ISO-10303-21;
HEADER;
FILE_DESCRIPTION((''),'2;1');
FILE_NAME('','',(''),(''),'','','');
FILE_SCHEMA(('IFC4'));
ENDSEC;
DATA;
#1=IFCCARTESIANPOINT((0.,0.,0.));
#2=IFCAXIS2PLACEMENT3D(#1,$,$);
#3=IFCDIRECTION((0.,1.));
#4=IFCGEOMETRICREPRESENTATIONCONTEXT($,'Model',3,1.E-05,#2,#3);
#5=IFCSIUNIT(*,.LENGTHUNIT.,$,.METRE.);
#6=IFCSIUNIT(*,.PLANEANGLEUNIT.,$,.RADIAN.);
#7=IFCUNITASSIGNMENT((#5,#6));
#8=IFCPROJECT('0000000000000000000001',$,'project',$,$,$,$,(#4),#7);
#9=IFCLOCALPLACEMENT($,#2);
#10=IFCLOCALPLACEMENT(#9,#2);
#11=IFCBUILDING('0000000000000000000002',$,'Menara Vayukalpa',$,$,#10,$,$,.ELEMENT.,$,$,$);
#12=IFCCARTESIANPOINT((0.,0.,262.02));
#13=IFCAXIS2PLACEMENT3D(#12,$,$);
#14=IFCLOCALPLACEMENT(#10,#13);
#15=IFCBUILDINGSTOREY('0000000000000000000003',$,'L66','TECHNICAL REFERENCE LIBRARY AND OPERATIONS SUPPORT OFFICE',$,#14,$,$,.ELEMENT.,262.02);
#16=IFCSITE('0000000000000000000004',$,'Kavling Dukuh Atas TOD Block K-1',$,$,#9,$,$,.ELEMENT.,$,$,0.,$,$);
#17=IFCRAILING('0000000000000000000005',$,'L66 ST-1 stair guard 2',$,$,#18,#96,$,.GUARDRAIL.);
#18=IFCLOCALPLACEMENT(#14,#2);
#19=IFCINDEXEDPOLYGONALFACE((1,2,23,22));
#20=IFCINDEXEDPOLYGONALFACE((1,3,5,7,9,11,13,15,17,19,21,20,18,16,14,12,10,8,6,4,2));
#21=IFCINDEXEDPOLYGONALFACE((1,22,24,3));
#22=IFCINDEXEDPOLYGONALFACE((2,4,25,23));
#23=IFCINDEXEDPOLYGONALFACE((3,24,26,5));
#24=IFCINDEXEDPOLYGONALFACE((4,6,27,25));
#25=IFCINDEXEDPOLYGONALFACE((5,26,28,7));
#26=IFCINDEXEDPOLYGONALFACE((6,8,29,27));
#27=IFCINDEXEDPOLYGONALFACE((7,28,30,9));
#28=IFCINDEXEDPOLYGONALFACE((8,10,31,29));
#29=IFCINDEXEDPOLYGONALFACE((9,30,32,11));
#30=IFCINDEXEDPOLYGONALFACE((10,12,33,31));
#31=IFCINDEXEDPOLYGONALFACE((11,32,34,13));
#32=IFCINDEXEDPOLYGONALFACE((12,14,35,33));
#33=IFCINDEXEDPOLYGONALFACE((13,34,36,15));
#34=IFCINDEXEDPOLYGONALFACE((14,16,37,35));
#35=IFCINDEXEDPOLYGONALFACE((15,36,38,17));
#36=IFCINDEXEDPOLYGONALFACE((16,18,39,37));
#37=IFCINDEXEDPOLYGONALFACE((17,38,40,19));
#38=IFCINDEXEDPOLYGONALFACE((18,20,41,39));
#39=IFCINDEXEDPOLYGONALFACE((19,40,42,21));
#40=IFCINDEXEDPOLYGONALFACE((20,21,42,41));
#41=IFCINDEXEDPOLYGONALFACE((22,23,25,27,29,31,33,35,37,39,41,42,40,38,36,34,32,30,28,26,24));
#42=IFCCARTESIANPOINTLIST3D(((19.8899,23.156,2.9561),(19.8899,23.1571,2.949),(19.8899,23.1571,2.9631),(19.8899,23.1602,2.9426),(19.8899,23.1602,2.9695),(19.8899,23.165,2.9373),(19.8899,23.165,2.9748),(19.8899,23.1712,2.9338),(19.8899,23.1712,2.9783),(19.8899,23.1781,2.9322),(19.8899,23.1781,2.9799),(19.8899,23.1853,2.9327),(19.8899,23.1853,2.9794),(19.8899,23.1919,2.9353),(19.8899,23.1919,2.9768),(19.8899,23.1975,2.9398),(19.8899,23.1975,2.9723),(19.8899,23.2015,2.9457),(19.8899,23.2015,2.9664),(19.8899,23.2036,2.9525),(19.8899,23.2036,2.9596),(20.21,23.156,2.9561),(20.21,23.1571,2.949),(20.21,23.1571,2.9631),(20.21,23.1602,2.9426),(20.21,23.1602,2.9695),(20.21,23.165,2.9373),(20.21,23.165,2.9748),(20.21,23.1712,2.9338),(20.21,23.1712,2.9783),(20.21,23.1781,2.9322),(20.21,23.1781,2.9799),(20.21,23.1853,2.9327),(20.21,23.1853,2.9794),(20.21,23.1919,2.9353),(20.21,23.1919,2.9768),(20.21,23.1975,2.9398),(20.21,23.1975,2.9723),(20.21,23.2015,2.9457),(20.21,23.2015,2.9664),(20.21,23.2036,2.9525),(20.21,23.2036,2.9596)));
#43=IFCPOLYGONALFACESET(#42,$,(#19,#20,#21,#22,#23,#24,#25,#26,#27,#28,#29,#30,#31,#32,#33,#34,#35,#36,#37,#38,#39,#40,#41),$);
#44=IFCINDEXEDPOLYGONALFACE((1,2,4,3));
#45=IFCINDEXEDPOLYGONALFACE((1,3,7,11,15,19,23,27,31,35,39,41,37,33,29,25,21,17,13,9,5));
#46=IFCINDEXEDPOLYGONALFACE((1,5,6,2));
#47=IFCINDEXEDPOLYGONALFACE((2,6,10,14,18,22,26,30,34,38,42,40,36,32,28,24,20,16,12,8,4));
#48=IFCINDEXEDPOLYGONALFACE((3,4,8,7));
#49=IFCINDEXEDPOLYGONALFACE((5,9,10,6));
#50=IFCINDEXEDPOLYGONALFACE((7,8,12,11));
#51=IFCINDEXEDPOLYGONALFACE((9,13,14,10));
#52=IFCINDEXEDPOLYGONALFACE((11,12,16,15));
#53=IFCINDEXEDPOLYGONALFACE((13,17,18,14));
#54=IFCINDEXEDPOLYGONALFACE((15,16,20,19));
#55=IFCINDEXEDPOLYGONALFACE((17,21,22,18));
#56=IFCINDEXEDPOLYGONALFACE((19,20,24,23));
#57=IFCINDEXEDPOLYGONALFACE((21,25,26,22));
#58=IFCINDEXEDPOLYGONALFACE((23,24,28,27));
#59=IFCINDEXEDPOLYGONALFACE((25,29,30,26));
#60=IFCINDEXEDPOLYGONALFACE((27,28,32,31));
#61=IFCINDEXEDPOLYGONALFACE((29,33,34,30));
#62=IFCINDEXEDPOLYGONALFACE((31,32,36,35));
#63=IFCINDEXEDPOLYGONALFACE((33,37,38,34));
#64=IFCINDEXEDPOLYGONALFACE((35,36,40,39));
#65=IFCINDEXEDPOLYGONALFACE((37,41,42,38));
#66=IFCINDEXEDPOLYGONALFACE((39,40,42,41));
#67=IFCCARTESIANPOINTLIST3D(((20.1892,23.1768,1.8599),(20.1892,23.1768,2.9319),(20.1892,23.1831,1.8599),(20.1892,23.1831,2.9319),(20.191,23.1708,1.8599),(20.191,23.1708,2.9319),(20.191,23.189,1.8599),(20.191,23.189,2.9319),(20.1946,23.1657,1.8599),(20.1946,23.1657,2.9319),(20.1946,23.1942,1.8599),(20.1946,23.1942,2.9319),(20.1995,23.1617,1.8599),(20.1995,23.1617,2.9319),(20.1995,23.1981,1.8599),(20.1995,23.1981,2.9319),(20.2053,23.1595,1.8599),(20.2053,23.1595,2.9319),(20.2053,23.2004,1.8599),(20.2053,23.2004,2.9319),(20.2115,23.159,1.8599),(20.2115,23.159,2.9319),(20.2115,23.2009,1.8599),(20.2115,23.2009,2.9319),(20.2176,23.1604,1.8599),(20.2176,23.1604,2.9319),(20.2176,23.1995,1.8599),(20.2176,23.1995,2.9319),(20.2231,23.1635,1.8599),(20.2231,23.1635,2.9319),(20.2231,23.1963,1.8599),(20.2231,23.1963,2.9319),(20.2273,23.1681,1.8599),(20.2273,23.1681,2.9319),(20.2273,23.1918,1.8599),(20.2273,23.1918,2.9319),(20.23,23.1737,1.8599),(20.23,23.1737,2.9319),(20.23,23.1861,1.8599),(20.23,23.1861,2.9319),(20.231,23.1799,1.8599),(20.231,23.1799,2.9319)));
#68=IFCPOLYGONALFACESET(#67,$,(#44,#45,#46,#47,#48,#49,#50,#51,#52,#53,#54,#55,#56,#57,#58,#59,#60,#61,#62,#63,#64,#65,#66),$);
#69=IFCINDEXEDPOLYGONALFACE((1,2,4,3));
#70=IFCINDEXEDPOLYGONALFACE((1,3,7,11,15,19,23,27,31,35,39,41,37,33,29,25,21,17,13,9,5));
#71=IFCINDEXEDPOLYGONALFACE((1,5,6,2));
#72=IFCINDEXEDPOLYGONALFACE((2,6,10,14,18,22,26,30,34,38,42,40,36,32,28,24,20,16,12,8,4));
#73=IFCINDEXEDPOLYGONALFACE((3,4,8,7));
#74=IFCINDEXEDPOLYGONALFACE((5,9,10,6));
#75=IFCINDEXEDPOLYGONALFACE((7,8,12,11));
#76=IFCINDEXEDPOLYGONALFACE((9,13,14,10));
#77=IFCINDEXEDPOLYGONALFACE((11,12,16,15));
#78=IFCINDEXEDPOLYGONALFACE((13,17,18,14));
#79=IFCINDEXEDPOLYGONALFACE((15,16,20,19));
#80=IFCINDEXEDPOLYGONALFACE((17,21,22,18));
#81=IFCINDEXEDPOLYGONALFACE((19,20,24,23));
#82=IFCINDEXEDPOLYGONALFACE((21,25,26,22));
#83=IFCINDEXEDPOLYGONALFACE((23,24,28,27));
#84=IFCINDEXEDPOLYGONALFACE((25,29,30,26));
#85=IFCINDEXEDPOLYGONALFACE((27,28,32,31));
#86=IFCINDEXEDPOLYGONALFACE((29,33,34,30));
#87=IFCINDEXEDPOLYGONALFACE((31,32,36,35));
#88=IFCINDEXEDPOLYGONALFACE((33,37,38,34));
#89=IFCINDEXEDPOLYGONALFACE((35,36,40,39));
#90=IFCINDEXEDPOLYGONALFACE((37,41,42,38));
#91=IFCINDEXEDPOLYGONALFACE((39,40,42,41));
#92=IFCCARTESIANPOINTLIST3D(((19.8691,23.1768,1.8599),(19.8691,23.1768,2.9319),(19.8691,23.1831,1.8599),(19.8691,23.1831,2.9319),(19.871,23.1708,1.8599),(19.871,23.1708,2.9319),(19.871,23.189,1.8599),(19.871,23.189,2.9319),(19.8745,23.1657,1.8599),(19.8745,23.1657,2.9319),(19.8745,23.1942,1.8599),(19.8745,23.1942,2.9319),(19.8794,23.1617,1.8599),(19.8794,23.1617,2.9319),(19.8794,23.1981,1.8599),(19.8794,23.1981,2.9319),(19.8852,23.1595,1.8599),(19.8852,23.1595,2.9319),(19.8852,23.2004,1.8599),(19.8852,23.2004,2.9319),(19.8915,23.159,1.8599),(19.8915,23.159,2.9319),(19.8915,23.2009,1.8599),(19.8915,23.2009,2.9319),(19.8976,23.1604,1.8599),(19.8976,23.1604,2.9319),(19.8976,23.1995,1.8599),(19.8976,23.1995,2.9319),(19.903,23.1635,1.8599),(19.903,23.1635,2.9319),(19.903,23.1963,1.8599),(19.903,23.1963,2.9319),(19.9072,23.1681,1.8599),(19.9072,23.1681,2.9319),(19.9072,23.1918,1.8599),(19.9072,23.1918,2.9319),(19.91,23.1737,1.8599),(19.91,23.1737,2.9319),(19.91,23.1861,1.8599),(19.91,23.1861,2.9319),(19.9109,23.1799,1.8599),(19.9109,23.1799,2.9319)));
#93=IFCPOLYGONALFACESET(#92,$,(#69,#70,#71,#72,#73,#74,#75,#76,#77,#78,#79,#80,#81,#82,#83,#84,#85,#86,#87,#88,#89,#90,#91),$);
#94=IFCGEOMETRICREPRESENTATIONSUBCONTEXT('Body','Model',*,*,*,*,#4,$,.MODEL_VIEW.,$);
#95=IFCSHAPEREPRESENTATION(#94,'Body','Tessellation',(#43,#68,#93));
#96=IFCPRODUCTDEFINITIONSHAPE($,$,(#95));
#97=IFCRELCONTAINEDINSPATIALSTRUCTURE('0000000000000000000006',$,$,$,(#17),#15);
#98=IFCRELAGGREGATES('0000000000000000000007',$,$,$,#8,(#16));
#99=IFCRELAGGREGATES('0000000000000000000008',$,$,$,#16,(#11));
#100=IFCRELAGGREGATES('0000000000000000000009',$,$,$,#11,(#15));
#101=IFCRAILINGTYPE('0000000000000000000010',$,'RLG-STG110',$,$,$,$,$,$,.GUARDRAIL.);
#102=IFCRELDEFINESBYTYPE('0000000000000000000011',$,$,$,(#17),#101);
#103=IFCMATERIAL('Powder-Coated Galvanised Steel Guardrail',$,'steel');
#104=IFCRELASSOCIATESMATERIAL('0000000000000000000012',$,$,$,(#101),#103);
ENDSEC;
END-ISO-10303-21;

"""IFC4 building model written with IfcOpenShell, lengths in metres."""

from ifc_helpers import new_model, si_unit, direction, frame, origin, origin_2d, place, context, subcontext, project, spatial, circle, extrude, material, type_object, element, save


model = new_model("IFC4")

# Units and contexts
model_context = context("Model", 3, precision=1e-05, world=origin(), true_north=direction((0.0, 1.0)))
body_context = subcontext(model_context, "Body", "Model", "MODEL_VIEW")
ifc_project = project(units=[si_unit("LENGTHUNIT", "METRE"), si_unit("PLANEANGLEUNIT", "RADIAN")], contexts=[model_context])

# Site, building, storey
site_placement = place(None, origin())
site = spatial("IfcSite", under=ifc_project, at=site_placement, Name="Kavling Dukuh Atas TOD Block K-1", CompositionType="ELEMENT", RefElevation=0.0)
building_placement = place(site_placement, origin())
building = spatial("IfcBuilding", under=site, at=building_placement, Name="Menara Vayukalpa", CompositionType="ELEMENT")
storey_placement = place(building_placement, frame((0.0, 0.0, 262.02)))
storey = spatial("IfcBuildingStorey", under=building, at=storey_placement, Name="L66", Description="TECHNICAL REFERENCE LIBRARY AND OPERATIONS SUPPORT OFFICE", CompositionType="ELEMENT", Elevation=262.02)

# Railing
ifc_material_1 = material(Name="Powder-Coated Galvanised Steel Guardrail", Category="steel")
railing_type_1 = type_object("IfcRailingType", Name="RLG-STG110", PredefinedType="GUARDRAIL", material=ifc_material_1)
railing_1_placement = place(storey_placement, frame((20.21, 23.1799, 1.8599)))
element("IfcRailing", 1, at=railing_1_placement, inside=storey, type_object=railing_type_1, Name="L66 ST-1 stair guard 2", PredefinedType="GUARDRAIL", context=body_context, shape_type="SweptSolid", body=[
    extrude(circle(Radius=0.0239, at=origin_2d()), frame((0.0, 0.0, 1.0962), z_axis=(-1.0, 0.0, 0.0), x_axis=(0.0, -1.0, 0.0)), (0.0, 0.0, 1.0), 0.3201),
    extrude(circle(Radius=0.021, at=origin_2d()), origin(), (0.0, 0.0, 1.0), 1.072),
    extrude(circle(Radius=0.021, at=origin_2d()), frame((-0.3201, 0.0, 0.0)), (0.0, 0.0, 1.0), 1.072),
])

save(model, "model.ifc")
